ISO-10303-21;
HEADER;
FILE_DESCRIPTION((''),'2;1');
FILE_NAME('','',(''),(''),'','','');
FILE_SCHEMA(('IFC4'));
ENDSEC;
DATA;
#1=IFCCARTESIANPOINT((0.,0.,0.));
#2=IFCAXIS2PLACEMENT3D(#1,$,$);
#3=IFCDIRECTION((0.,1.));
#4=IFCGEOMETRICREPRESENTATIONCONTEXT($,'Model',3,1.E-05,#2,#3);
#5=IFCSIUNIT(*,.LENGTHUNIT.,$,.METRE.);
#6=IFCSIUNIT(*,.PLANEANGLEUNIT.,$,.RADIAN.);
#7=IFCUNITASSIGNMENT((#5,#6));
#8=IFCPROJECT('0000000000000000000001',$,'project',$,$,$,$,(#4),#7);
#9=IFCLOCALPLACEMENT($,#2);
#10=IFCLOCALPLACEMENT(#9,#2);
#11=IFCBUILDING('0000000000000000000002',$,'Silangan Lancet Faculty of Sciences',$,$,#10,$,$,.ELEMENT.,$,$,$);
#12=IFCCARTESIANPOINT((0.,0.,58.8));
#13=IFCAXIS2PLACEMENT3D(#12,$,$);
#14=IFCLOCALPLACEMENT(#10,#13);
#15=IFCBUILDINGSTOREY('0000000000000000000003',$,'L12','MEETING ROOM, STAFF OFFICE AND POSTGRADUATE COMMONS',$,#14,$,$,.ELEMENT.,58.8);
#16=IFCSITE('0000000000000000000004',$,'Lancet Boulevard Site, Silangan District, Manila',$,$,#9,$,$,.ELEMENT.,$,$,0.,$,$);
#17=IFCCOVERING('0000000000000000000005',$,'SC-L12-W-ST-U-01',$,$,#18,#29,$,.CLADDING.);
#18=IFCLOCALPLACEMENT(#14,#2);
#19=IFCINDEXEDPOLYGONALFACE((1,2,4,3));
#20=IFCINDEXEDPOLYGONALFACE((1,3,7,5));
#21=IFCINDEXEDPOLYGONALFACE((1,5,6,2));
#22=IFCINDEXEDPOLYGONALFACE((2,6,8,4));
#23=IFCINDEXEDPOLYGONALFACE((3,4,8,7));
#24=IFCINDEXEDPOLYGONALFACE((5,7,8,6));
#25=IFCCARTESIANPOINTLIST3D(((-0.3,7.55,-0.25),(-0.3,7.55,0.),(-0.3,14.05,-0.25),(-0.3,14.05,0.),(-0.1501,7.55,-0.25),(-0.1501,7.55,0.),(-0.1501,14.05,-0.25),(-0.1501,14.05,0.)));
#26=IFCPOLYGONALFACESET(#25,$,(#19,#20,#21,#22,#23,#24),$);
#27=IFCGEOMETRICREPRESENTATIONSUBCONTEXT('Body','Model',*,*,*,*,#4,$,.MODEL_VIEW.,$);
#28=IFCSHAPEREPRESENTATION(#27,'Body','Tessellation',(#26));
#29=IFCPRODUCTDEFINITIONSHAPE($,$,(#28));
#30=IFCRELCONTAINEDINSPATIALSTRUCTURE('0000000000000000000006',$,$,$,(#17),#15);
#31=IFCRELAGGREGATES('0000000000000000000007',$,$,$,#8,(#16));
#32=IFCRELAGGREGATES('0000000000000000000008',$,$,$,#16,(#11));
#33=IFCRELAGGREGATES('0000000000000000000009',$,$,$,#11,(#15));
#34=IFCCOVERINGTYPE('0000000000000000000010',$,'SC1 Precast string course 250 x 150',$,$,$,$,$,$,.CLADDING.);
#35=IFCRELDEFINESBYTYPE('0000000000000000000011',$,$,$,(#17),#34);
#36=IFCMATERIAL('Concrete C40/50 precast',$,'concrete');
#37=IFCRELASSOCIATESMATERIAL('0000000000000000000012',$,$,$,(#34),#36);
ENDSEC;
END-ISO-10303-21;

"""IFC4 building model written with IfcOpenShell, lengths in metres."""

from ifc_helpers import new_model, si_unit, direction, frame, origin, origin_2d, place, context, subcontext, project, spatial, rectangle, extrude, material, type_object, element, save


model = new_model("IFC4")

# Units and contexts
model_context = context("Model", 3, precision=1e-05, world=origin(), true_north=direction((0.0, 1.0)))
body_context = subcontext(model_context, "Body", "Model", "MODEL_VIEW")
ifc_project = project(units=[si_unit("LENGTHUNIT", "METRE"), si_unit("PLANEANGLEUNIT", "RADIAN")], contexts=[model_context])

# Site, building, storey
site_placement = place(None, origin())
site = spatial("IfcSite", under=ifc_project, at=site_placement, Name="Lancet Boulevard Site, Silangan District, Manila", CompositionType="ELEMENT", RefElevation=0.0)
building_placement = place(site_placement, origin())
building = spatial("IfcBuilding", under=site, at=building_placement, Name="Silangan Lancet Faculty of Sciences", CompositionType="ELEMENT")
storey_placement = place(building_placement, frame((0.0, 0.0, 58.8)))
storey = spatial("IfcBuildingStorey", under=building, at=storey_placement, Name="L12", Description="MEETING ROOM, STAFF OFFICE AND POSTGRADUATE COMMONS", CompositionType="ELEMENT", Elevation=58.8)

# Covering
ifc_material_1 = material(Name="Concrete C40/50 precast", Category="concrete")
covering_type = type_object("IfcCoveringType", Name="SC1 Precast string course 250 x 150", PredefinedType="CLADDING", material=ifc_material_1)
for number, where, z_axis, x_axis, name in (
    (1, (-0.2251, 10.8, -0.25), (0.0, 0.0, 1.0), (1.0, 0.0, 0.0), "SC-L12-W-ST-U-01"),
):
    element("IfcCovering", number, at=place(storey_placement, frame(where, z_axis=z_axis, x_axis=x_axis)), inside=storey, type_object=covering_type, Name=name, PredefinedType="CLADDING", context=body_context, shape_type="SweptSolid", body=[
        extrude(rectangle(XDim=0.1499, YDim=6.5, at=origin_2d()), origin(), (0.0, 0.0, 1.0), 0.25),
    ])

save(model, "model.ifc")
